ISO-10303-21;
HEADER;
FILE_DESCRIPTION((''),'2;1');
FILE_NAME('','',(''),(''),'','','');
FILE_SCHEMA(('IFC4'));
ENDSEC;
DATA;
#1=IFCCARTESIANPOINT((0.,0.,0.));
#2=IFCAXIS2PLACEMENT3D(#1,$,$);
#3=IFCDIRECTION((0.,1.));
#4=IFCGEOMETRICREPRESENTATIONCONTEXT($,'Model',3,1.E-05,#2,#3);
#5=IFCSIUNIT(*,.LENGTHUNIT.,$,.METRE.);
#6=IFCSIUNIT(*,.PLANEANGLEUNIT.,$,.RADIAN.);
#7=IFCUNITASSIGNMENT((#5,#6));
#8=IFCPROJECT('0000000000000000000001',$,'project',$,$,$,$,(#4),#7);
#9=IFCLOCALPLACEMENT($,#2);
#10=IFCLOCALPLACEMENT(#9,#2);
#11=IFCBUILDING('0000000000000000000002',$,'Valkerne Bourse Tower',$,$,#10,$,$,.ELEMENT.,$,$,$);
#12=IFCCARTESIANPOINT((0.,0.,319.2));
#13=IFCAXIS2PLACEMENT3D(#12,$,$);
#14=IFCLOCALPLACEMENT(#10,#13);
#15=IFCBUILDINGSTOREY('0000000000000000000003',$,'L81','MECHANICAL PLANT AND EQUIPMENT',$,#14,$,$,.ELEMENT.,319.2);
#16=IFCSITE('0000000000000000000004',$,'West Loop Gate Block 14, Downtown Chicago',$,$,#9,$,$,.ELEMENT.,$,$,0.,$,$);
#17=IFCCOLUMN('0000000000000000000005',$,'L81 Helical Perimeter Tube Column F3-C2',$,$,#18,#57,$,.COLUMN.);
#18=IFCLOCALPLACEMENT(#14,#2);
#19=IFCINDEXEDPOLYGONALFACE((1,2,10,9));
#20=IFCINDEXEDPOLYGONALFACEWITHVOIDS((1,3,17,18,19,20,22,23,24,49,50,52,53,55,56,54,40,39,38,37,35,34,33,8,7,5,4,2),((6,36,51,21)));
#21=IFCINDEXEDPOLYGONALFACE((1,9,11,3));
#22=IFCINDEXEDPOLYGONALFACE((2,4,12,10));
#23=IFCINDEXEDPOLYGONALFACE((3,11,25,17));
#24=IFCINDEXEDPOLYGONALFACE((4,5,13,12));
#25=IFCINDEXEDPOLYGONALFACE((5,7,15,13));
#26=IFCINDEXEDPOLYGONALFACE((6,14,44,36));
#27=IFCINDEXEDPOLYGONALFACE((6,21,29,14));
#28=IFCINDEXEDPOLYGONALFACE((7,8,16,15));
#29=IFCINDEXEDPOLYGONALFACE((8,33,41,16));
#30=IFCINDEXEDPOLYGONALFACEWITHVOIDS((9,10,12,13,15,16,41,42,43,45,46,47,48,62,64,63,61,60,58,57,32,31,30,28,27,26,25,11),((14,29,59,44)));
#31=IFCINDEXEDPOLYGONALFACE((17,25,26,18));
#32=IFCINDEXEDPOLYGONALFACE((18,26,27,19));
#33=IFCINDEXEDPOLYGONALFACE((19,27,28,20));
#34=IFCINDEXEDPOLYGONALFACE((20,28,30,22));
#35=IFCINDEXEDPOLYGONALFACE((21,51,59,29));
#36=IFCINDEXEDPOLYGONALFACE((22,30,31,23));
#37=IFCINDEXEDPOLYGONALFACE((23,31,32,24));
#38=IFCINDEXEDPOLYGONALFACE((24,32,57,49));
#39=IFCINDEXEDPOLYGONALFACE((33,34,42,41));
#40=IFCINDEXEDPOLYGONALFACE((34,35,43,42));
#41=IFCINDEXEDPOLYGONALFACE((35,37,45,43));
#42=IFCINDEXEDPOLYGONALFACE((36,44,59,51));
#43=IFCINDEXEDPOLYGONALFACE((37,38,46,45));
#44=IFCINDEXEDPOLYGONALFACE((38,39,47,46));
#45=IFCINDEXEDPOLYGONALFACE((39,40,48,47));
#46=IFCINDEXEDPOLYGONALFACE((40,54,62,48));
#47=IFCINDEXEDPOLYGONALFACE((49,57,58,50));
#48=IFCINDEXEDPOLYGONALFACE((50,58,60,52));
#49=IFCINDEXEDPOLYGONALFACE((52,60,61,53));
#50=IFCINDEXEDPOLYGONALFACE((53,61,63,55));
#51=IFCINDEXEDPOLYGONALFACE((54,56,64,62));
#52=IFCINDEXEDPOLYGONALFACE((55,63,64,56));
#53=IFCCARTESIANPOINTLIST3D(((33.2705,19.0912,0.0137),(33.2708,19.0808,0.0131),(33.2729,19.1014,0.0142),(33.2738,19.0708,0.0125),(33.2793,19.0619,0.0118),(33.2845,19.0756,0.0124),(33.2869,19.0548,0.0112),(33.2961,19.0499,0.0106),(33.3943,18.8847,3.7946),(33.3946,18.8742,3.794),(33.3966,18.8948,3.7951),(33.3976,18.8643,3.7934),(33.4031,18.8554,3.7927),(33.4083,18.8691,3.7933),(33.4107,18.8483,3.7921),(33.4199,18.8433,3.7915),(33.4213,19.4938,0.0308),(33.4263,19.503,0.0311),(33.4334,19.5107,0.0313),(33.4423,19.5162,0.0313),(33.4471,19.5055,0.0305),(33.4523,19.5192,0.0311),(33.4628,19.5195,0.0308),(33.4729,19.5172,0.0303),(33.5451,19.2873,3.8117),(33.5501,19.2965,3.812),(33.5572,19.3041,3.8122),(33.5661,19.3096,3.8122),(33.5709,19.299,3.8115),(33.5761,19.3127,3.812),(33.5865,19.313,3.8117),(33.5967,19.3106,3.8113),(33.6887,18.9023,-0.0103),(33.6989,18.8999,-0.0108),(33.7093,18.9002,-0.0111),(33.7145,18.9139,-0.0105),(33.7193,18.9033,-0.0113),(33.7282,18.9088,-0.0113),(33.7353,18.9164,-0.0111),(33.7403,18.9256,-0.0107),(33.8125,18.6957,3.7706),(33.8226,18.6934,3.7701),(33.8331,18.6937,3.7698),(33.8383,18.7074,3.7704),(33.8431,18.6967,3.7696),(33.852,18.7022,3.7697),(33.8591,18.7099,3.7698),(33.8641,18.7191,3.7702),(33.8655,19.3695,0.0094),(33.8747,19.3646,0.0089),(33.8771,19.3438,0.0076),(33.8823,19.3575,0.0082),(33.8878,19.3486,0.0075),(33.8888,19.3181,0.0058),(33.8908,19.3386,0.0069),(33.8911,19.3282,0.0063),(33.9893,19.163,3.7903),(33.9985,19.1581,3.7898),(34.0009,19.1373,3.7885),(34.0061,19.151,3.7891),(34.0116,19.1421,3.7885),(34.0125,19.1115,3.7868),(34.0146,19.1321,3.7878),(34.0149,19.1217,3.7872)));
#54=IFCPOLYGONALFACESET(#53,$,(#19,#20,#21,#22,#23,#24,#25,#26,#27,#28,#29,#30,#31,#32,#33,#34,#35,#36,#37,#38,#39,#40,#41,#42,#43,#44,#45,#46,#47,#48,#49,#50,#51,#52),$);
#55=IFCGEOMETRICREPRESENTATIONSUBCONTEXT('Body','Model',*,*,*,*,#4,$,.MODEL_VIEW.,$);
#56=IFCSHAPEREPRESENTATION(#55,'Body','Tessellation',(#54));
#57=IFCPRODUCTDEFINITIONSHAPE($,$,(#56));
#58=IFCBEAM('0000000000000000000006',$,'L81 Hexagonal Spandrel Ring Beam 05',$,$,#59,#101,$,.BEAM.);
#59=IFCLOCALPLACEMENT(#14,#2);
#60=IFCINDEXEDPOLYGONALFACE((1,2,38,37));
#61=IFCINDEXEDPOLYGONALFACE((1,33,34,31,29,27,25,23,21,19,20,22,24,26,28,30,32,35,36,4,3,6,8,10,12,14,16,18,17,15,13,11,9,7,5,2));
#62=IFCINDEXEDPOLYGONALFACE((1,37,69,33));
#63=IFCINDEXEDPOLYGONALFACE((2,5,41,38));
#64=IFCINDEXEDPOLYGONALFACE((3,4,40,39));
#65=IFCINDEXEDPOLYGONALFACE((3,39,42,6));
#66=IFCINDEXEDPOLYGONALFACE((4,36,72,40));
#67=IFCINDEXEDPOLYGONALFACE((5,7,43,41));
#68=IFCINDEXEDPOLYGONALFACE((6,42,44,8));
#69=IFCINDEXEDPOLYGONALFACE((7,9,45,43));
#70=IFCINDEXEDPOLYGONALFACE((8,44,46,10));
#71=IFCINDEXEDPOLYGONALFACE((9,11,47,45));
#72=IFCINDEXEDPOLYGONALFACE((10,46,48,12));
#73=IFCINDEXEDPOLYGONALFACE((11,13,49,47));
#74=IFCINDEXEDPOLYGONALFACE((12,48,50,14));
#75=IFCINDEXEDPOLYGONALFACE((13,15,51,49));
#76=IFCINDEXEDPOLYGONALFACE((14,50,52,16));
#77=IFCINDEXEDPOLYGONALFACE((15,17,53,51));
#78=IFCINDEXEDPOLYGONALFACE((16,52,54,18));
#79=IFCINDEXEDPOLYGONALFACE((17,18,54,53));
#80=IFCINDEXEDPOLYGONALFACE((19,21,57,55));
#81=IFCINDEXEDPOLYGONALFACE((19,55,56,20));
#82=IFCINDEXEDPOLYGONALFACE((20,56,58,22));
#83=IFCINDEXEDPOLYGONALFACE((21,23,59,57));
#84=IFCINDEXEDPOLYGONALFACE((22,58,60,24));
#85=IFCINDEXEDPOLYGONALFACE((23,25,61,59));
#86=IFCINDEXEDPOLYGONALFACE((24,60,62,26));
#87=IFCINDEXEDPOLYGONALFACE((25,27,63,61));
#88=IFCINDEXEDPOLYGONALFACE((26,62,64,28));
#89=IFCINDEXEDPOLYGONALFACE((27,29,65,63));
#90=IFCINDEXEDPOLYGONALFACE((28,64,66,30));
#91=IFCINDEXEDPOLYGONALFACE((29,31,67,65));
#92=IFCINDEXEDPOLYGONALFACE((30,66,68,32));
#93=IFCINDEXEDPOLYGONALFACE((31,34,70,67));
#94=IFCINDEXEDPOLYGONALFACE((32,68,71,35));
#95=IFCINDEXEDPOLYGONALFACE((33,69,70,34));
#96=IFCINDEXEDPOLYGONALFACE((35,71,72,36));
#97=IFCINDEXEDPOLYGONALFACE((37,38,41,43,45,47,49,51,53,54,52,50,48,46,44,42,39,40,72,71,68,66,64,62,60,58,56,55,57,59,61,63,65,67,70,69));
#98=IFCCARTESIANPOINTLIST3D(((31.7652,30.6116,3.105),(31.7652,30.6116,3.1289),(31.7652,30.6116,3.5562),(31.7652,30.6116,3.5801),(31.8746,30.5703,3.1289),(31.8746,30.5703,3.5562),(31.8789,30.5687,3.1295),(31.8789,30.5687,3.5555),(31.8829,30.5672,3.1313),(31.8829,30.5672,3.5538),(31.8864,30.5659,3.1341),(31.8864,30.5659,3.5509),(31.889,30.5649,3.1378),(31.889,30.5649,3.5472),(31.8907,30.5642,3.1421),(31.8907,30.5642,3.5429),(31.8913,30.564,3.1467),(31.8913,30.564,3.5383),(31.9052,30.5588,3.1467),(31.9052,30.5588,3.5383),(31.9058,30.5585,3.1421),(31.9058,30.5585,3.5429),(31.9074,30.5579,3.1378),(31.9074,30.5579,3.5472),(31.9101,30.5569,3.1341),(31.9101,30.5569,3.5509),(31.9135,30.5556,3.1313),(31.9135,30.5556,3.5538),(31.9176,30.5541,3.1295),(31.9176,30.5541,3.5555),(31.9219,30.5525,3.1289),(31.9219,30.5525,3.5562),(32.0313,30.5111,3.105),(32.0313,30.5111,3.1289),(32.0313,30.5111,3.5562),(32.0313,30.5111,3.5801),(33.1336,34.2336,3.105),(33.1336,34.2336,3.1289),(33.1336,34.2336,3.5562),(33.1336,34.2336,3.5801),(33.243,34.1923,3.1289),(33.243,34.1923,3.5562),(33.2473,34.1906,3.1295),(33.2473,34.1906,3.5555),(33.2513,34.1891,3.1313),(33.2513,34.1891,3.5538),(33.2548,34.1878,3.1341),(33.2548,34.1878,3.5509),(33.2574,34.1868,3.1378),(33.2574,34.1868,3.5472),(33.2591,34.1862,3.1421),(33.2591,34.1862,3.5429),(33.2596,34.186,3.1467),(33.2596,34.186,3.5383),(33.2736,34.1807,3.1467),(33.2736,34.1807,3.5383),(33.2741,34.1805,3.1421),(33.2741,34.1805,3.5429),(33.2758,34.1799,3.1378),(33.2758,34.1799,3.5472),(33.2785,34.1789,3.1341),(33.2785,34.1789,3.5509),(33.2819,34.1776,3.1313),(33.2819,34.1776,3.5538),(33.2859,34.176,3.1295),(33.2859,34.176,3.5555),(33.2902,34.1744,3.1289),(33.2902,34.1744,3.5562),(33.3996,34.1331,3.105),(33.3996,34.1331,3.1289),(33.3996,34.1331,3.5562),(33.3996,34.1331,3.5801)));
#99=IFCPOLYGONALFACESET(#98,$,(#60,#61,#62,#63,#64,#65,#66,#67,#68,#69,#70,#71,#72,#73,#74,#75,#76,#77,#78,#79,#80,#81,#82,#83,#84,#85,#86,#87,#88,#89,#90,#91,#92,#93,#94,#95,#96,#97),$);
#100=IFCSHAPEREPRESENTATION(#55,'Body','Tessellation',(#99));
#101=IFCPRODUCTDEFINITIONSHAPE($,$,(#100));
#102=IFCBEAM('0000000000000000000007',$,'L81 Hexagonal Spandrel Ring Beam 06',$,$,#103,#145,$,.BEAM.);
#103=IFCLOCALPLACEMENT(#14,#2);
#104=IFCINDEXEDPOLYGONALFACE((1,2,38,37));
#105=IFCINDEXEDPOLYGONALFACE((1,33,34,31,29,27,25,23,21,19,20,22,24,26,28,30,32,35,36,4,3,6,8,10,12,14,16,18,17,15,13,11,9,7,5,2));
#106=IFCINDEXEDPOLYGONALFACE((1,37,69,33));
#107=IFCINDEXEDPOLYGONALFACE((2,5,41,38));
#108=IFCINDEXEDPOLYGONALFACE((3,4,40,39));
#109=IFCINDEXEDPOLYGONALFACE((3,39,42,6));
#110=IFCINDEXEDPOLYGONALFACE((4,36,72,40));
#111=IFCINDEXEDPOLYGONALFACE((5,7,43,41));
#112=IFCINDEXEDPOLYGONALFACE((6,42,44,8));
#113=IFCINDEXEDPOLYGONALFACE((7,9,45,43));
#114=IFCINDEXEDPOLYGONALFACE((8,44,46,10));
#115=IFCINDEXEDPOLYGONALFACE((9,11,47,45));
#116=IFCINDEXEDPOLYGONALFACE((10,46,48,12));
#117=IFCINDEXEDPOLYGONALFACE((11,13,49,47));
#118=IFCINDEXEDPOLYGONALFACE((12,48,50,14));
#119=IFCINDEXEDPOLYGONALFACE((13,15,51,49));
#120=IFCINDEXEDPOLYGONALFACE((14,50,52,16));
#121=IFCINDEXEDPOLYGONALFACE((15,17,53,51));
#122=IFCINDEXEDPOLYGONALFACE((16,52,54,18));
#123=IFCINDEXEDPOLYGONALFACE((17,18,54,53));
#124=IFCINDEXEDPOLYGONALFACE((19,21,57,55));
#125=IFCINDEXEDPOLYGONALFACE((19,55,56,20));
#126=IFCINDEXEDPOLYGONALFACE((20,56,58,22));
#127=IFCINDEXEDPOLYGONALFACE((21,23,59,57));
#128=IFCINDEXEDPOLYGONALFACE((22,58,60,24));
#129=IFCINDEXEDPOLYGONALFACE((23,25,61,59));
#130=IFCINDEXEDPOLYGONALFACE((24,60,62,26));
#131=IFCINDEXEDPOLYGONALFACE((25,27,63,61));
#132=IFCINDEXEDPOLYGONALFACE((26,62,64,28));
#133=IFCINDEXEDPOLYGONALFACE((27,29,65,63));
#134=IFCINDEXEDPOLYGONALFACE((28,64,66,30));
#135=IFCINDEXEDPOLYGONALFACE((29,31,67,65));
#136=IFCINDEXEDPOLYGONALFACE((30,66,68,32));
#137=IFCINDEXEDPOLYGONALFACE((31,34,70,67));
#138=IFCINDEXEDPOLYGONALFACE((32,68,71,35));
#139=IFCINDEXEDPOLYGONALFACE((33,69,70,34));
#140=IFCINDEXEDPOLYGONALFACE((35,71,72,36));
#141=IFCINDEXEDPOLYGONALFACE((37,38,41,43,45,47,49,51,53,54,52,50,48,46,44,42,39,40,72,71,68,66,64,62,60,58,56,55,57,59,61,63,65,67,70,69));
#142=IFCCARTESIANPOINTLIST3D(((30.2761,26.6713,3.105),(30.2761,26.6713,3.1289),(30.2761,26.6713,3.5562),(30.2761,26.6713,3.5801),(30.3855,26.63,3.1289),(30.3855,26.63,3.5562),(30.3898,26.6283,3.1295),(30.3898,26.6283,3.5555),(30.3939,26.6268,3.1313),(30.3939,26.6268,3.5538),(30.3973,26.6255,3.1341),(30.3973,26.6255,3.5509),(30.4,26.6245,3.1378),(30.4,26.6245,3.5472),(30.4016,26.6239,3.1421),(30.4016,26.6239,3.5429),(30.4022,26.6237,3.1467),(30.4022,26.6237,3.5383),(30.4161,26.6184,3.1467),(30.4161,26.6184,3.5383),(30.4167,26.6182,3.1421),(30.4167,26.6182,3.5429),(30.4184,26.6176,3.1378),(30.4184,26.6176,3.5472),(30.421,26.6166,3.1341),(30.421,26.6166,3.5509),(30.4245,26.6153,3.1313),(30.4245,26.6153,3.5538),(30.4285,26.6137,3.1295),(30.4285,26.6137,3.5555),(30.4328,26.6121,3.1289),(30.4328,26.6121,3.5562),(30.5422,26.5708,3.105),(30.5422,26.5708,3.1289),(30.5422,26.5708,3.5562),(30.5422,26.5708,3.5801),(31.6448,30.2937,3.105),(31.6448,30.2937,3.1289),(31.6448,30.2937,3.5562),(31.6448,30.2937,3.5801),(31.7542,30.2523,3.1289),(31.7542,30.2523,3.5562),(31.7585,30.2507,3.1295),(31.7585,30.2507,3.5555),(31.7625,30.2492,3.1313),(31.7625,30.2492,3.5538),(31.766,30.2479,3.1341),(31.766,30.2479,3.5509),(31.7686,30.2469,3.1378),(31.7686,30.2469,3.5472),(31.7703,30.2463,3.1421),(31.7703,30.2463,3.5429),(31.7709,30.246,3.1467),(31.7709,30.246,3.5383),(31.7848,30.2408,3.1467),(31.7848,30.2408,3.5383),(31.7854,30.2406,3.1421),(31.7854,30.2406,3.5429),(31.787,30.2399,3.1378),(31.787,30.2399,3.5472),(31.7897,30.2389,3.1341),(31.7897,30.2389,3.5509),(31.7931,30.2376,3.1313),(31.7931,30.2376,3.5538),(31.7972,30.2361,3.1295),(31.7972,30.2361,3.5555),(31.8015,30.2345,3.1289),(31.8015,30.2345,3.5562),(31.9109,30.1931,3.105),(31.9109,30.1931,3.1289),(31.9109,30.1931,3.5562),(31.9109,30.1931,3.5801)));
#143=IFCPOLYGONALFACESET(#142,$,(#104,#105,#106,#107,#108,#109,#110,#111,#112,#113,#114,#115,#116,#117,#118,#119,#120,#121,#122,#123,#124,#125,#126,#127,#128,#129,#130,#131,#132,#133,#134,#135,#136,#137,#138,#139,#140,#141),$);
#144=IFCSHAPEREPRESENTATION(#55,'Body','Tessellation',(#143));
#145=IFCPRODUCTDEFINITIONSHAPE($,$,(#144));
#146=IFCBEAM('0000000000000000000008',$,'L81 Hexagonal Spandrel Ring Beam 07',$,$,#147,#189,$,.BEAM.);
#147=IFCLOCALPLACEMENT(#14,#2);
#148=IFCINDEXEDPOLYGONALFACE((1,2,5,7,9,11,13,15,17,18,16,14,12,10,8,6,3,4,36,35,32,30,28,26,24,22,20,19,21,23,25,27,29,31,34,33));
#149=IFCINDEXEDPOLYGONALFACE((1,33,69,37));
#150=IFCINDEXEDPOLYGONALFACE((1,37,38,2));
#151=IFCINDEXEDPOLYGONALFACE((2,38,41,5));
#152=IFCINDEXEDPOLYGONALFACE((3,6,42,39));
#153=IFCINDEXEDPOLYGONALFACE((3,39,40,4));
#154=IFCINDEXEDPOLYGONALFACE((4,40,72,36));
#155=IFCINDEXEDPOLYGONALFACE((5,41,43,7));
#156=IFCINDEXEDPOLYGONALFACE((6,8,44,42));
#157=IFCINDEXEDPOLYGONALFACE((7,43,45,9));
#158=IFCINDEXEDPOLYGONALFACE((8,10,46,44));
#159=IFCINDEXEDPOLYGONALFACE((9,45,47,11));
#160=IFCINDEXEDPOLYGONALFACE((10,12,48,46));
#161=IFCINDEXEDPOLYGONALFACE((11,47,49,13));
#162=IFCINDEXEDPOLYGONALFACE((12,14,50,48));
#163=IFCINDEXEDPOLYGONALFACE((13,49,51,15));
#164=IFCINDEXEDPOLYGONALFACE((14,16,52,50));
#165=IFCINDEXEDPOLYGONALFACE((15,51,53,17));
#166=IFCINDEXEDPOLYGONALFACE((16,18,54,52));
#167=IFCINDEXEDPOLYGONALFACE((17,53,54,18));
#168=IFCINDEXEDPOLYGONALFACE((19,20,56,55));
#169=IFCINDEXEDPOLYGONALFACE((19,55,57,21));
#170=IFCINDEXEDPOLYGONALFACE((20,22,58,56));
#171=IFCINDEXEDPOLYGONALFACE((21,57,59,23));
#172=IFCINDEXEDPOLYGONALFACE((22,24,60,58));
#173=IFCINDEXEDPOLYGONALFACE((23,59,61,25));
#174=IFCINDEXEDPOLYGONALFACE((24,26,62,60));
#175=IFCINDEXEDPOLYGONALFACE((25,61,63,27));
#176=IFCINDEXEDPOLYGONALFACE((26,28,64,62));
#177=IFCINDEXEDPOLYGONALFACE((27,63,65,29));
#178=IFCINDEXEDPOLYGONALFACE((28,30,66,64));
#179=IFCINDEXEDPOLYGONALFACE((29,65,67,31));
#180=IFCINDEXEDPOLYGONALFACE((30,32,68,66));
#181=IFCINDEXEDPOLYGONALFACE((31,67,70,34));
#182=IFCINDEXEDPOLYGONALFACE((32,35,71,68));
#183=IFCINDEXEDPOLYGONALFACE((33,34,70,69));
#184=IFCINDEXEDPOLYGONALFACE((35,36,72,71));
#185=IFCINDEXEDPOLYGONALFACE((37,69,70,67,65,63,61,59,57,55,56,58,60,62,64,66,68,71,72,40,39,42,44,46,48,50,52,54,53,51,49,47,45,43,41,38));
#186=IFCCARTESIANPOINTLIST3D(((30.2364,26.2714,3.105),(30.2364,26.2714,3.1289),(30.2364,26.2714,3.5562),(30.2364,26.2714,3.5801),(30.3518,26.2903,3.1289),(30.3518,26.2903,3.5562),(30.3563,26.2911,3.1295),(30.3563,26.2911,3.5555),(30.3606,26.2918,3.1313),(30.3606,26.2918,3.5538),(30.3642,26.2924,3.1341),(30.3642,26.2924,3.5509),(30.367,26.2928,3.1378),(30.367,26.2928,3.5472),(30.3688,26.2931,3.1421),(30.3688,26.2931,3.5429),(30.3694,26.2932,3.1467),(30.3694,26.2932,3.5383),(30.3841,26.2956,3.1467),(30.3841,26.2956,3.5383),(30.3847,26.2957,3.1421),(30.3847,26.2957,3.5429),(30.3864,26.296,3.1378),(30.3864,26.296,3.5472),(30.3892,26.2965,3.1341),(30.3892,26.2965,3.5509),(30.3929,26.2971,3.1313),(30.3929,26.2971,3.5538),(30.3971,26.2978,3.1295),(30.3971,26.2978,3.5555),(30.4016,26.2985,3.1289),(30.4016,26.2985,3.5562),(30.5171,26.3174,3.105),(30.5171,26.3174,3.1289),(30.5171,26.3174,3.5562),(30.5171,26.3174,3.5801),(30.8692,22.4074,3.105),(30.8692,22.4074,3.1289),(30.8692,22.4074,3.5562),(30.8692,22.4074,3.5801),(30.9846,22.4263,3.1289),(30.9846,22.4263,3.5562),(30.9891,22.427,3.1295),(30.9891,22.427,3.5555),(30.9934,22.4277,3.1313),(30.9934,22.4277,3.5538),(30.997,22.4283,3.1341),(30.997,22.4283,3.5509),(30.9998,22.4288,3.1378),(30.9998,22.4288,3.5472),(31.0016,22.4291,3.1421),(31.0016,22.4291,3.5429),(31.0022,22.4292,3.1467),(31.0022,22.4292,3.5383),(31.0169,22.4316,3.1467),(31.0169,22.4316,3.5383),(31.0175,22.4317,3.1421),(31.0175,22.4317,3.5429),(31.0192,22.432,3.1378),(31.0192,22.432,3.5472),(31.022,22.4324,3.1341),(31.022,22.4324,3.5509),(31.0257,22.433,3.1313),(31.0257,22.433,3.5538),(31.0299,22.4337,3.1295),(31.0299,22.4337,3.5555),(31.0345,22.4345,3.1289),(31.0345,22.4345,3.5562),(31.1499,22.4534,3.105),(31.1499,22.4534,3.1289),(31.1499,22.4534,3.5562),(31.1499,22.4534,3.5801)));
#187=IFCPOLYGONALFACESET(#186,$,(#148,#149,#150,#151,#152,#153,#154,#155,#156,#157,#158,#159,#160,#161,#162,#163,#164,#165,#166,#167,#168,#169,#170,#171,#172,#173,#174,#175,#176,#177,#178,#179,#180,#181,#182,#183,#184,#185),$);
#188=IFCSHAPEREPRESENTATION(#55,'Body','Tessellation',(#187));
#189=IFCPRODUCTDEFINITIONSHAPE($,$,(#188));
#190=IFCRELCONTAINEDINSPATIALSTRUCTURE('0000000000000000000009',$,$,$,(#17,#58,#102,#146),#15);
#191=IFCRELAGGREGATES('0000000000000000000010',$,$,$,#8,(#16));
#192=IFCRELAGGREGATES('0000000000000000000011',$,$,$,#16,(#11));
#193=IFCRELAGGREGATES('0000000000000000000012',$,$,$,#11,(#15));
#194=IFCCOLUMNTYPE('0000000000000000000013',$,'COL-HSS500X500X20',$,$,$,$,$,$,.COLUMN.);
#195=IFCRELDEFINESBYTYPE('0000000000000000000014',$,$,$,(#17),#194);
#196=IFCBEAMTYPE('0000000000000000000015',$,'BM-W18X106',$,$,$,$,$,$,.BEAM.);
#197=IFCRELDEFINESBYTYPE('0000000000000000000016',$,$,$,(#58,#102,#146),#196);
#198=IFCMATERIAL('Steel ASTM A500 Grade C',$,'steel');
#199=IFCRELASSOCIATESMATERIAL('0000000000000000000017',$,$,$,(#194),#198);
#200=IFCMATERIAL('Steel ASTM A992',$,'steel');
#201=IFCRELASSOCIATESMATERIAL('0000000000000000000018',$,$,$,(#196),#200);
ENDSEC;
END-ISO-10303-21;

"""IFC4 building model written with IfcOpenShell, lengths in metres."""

from ifc_helpers import new_model, si_unit, direction, frame, origin, origin_2d, place, context, subcontext, project, spatial, hollow_rectangle, i_section, extrude, material, material_profile, profile_set, type_object, element, save


model = new_model("IFC4")

# Units and contexts
model_context = context("Model", 3, precision=1e-05, world=origin(), true_north=direction((0.0, 1.0)))
body_context = subcontext(model_context, "Body", "Model", "MODEL_VIEW")
ifc_project = project(units=[si_unit("LENGTHUNIT", "METRE"), si_unit("PLANEANGLEUNIT", "RADIAN")], contexts=[model_context])

# Site, building, storey
site_placement = place(None, origin())
site = spatial("IfcSite", under=ifc_project, at=site_placement, Name="West Loop Gate Block 14, Downtown Chicago", CompositionType="ELEMENT", RefElevation=0.0)
building_placement = place(site_placement, origin())
building = spatial("IfcBuilding", under=site, at=building_placement, Name="Valkerne Bourse Tower", CompositionType="ELEMENT")
storey_placement = place(building_placement, frame((0.0, 0.0, 319.2)))
storey = spatial("IfcBuildingStorey", under=building, at=storey_placement, Name="L81", Description="MECHANICAL PLANT AND EQUIPMENT", CompositionType="ELEMENT", Elevation=319.2)

# Column
ifc_material_1 = material(Name="Steel ASTM A500 Grade C", Category="steel")
ifc_material_profile_1 = material_profile(ifc_material_1, hollow_rectangle(XDim=0.5, YDim=0.5, WallThickness=0.02, OuterFilletRadius=0.04, at=origin_2d()), Name="HSS500X500X20")
ifc_profile_set_1 = profile_set([ifc_material_profile_1], Name="Steel ASTM A500 Grade C")
column_type = type_object("IfcColumnType", Name="COL-HSS500X500X20", PredefinedType="COLUMN", material=ifc_profile_set_1)
column_placement = place(storey_placement, frame((33.5808, 19.2097, 0.01), z_axis=(0.032671, -0.054516, 0.997978), x_axis=(0.934838, -0.351563, -0.049809)))
element("IfcColumn", 1, at=column_placement, inside=storey, type_object=column_type, Name="L81 Helical Perimeter Tube Column F3-C2", PredefinedType="COLUMN", context=body_context, shape_type="SweptSolid", body=[
    extrude(hollow_rectangle(XDim=0.5, YDim=0.5, WallThickness=0.02, OuterFilletRadius=0.04, at=origin_2d()), origin(), (0.0, 0.0, 1.0), 3.7886),
])

# Beams
ifc_material_2 = material(Name="Steel ASTM A992", Category="steel")
ifc_material_profile_2 = material_profile(ifc_material_2, i_section(OverallWidth=0.2844, OverallDepth=0.4751, WebThickness=0.0149, FlangeThickness=0.0239, FilletRadius=0.0178, at=origin_2d()), Name="W18X106")
ifc_profile_set_2 = profile_set([ifc_material_profile_2], Name="Steel ASTM A992")
beam_type_1 = type_object("IfcBeamType", Name="BM-W18X106", PredefinedType="BEAM", material=ifc_profile_set_2)
beam_1_placement = place(storey_placement, frame((33.2666, 34.1833, 3.3425), z_axis=(-0.353417, -0.935466, 0.0), x_axis=(0.935466, -0.353417, 0.0)))
element("IfcBeam", 2, at=beam_1_placement, inside=storey, type_object=beam_type_1, Name="L81 Hexagonal Spandrel Ring Beam 05", PredefinedType="BEAM", context=body_context, shape_type="SweptSolid", body=[
    extrude(i_section(OverallWidth=0.2844, OverallDepth=0.4751, WebThickness=0.0149, FlangeThickness=0.0239, FilletRadius=0.0178, at=origin_2d()), origin(), (0.0, 0.0, 1.0), 3.8718),
])
beam_2_placement = place(storey_placement, frame((31.7778, 30.2434, 3.3425), z_axis=(-0.353451, -0.935453, 0.0), x_axis=(0.935453, -0.353451, 0.0)))
element("IfcBeam", 3, at=beam_2_placement, inside=storey, type_object=beam_type_1, Name="L81 Hexagonal Spandrel Ring Beam 06", PredefinedType="BEAM", context=body_context, shape_type="SweptSolid", body=[
    extrude(i_section(OverallWidth=0.2844, OverallDepth=0.4751, WebThickness=0.0149, FlangeThickness=0.0239, FilletRadius=0.0178, at=origin_2d()), origin(), (0.0, 0.0, 1.0), 3.8723),
])
beam_3_placement = place(storey_placement, frame((30.3767, 26.2944, 3.3425), z_axis=(0.161618, -0.986853, 0.0), x_axis=(0.986853, 0.161618, 0.0)))
element("IfcBeam", 4, at=beam_3_placement, inside=storey, type_object=beam_type_1, Name="L81 Hexagonal Spandrel Ring Beam 07", PredefinedType="BEAM", context=body_context, shape_type="SweptSolid", body=[
    extrude(i_section(OverallWidth=0.2844, OverallDepth=0.4751, WebThickness=0.0149, FlangeThickness=0.0239, FilletRadius=0.0178, at=origin_2d()), origin(), (0.0, 0.0, 1.0), 3.9155),
])

save(model, "model.ifc")
